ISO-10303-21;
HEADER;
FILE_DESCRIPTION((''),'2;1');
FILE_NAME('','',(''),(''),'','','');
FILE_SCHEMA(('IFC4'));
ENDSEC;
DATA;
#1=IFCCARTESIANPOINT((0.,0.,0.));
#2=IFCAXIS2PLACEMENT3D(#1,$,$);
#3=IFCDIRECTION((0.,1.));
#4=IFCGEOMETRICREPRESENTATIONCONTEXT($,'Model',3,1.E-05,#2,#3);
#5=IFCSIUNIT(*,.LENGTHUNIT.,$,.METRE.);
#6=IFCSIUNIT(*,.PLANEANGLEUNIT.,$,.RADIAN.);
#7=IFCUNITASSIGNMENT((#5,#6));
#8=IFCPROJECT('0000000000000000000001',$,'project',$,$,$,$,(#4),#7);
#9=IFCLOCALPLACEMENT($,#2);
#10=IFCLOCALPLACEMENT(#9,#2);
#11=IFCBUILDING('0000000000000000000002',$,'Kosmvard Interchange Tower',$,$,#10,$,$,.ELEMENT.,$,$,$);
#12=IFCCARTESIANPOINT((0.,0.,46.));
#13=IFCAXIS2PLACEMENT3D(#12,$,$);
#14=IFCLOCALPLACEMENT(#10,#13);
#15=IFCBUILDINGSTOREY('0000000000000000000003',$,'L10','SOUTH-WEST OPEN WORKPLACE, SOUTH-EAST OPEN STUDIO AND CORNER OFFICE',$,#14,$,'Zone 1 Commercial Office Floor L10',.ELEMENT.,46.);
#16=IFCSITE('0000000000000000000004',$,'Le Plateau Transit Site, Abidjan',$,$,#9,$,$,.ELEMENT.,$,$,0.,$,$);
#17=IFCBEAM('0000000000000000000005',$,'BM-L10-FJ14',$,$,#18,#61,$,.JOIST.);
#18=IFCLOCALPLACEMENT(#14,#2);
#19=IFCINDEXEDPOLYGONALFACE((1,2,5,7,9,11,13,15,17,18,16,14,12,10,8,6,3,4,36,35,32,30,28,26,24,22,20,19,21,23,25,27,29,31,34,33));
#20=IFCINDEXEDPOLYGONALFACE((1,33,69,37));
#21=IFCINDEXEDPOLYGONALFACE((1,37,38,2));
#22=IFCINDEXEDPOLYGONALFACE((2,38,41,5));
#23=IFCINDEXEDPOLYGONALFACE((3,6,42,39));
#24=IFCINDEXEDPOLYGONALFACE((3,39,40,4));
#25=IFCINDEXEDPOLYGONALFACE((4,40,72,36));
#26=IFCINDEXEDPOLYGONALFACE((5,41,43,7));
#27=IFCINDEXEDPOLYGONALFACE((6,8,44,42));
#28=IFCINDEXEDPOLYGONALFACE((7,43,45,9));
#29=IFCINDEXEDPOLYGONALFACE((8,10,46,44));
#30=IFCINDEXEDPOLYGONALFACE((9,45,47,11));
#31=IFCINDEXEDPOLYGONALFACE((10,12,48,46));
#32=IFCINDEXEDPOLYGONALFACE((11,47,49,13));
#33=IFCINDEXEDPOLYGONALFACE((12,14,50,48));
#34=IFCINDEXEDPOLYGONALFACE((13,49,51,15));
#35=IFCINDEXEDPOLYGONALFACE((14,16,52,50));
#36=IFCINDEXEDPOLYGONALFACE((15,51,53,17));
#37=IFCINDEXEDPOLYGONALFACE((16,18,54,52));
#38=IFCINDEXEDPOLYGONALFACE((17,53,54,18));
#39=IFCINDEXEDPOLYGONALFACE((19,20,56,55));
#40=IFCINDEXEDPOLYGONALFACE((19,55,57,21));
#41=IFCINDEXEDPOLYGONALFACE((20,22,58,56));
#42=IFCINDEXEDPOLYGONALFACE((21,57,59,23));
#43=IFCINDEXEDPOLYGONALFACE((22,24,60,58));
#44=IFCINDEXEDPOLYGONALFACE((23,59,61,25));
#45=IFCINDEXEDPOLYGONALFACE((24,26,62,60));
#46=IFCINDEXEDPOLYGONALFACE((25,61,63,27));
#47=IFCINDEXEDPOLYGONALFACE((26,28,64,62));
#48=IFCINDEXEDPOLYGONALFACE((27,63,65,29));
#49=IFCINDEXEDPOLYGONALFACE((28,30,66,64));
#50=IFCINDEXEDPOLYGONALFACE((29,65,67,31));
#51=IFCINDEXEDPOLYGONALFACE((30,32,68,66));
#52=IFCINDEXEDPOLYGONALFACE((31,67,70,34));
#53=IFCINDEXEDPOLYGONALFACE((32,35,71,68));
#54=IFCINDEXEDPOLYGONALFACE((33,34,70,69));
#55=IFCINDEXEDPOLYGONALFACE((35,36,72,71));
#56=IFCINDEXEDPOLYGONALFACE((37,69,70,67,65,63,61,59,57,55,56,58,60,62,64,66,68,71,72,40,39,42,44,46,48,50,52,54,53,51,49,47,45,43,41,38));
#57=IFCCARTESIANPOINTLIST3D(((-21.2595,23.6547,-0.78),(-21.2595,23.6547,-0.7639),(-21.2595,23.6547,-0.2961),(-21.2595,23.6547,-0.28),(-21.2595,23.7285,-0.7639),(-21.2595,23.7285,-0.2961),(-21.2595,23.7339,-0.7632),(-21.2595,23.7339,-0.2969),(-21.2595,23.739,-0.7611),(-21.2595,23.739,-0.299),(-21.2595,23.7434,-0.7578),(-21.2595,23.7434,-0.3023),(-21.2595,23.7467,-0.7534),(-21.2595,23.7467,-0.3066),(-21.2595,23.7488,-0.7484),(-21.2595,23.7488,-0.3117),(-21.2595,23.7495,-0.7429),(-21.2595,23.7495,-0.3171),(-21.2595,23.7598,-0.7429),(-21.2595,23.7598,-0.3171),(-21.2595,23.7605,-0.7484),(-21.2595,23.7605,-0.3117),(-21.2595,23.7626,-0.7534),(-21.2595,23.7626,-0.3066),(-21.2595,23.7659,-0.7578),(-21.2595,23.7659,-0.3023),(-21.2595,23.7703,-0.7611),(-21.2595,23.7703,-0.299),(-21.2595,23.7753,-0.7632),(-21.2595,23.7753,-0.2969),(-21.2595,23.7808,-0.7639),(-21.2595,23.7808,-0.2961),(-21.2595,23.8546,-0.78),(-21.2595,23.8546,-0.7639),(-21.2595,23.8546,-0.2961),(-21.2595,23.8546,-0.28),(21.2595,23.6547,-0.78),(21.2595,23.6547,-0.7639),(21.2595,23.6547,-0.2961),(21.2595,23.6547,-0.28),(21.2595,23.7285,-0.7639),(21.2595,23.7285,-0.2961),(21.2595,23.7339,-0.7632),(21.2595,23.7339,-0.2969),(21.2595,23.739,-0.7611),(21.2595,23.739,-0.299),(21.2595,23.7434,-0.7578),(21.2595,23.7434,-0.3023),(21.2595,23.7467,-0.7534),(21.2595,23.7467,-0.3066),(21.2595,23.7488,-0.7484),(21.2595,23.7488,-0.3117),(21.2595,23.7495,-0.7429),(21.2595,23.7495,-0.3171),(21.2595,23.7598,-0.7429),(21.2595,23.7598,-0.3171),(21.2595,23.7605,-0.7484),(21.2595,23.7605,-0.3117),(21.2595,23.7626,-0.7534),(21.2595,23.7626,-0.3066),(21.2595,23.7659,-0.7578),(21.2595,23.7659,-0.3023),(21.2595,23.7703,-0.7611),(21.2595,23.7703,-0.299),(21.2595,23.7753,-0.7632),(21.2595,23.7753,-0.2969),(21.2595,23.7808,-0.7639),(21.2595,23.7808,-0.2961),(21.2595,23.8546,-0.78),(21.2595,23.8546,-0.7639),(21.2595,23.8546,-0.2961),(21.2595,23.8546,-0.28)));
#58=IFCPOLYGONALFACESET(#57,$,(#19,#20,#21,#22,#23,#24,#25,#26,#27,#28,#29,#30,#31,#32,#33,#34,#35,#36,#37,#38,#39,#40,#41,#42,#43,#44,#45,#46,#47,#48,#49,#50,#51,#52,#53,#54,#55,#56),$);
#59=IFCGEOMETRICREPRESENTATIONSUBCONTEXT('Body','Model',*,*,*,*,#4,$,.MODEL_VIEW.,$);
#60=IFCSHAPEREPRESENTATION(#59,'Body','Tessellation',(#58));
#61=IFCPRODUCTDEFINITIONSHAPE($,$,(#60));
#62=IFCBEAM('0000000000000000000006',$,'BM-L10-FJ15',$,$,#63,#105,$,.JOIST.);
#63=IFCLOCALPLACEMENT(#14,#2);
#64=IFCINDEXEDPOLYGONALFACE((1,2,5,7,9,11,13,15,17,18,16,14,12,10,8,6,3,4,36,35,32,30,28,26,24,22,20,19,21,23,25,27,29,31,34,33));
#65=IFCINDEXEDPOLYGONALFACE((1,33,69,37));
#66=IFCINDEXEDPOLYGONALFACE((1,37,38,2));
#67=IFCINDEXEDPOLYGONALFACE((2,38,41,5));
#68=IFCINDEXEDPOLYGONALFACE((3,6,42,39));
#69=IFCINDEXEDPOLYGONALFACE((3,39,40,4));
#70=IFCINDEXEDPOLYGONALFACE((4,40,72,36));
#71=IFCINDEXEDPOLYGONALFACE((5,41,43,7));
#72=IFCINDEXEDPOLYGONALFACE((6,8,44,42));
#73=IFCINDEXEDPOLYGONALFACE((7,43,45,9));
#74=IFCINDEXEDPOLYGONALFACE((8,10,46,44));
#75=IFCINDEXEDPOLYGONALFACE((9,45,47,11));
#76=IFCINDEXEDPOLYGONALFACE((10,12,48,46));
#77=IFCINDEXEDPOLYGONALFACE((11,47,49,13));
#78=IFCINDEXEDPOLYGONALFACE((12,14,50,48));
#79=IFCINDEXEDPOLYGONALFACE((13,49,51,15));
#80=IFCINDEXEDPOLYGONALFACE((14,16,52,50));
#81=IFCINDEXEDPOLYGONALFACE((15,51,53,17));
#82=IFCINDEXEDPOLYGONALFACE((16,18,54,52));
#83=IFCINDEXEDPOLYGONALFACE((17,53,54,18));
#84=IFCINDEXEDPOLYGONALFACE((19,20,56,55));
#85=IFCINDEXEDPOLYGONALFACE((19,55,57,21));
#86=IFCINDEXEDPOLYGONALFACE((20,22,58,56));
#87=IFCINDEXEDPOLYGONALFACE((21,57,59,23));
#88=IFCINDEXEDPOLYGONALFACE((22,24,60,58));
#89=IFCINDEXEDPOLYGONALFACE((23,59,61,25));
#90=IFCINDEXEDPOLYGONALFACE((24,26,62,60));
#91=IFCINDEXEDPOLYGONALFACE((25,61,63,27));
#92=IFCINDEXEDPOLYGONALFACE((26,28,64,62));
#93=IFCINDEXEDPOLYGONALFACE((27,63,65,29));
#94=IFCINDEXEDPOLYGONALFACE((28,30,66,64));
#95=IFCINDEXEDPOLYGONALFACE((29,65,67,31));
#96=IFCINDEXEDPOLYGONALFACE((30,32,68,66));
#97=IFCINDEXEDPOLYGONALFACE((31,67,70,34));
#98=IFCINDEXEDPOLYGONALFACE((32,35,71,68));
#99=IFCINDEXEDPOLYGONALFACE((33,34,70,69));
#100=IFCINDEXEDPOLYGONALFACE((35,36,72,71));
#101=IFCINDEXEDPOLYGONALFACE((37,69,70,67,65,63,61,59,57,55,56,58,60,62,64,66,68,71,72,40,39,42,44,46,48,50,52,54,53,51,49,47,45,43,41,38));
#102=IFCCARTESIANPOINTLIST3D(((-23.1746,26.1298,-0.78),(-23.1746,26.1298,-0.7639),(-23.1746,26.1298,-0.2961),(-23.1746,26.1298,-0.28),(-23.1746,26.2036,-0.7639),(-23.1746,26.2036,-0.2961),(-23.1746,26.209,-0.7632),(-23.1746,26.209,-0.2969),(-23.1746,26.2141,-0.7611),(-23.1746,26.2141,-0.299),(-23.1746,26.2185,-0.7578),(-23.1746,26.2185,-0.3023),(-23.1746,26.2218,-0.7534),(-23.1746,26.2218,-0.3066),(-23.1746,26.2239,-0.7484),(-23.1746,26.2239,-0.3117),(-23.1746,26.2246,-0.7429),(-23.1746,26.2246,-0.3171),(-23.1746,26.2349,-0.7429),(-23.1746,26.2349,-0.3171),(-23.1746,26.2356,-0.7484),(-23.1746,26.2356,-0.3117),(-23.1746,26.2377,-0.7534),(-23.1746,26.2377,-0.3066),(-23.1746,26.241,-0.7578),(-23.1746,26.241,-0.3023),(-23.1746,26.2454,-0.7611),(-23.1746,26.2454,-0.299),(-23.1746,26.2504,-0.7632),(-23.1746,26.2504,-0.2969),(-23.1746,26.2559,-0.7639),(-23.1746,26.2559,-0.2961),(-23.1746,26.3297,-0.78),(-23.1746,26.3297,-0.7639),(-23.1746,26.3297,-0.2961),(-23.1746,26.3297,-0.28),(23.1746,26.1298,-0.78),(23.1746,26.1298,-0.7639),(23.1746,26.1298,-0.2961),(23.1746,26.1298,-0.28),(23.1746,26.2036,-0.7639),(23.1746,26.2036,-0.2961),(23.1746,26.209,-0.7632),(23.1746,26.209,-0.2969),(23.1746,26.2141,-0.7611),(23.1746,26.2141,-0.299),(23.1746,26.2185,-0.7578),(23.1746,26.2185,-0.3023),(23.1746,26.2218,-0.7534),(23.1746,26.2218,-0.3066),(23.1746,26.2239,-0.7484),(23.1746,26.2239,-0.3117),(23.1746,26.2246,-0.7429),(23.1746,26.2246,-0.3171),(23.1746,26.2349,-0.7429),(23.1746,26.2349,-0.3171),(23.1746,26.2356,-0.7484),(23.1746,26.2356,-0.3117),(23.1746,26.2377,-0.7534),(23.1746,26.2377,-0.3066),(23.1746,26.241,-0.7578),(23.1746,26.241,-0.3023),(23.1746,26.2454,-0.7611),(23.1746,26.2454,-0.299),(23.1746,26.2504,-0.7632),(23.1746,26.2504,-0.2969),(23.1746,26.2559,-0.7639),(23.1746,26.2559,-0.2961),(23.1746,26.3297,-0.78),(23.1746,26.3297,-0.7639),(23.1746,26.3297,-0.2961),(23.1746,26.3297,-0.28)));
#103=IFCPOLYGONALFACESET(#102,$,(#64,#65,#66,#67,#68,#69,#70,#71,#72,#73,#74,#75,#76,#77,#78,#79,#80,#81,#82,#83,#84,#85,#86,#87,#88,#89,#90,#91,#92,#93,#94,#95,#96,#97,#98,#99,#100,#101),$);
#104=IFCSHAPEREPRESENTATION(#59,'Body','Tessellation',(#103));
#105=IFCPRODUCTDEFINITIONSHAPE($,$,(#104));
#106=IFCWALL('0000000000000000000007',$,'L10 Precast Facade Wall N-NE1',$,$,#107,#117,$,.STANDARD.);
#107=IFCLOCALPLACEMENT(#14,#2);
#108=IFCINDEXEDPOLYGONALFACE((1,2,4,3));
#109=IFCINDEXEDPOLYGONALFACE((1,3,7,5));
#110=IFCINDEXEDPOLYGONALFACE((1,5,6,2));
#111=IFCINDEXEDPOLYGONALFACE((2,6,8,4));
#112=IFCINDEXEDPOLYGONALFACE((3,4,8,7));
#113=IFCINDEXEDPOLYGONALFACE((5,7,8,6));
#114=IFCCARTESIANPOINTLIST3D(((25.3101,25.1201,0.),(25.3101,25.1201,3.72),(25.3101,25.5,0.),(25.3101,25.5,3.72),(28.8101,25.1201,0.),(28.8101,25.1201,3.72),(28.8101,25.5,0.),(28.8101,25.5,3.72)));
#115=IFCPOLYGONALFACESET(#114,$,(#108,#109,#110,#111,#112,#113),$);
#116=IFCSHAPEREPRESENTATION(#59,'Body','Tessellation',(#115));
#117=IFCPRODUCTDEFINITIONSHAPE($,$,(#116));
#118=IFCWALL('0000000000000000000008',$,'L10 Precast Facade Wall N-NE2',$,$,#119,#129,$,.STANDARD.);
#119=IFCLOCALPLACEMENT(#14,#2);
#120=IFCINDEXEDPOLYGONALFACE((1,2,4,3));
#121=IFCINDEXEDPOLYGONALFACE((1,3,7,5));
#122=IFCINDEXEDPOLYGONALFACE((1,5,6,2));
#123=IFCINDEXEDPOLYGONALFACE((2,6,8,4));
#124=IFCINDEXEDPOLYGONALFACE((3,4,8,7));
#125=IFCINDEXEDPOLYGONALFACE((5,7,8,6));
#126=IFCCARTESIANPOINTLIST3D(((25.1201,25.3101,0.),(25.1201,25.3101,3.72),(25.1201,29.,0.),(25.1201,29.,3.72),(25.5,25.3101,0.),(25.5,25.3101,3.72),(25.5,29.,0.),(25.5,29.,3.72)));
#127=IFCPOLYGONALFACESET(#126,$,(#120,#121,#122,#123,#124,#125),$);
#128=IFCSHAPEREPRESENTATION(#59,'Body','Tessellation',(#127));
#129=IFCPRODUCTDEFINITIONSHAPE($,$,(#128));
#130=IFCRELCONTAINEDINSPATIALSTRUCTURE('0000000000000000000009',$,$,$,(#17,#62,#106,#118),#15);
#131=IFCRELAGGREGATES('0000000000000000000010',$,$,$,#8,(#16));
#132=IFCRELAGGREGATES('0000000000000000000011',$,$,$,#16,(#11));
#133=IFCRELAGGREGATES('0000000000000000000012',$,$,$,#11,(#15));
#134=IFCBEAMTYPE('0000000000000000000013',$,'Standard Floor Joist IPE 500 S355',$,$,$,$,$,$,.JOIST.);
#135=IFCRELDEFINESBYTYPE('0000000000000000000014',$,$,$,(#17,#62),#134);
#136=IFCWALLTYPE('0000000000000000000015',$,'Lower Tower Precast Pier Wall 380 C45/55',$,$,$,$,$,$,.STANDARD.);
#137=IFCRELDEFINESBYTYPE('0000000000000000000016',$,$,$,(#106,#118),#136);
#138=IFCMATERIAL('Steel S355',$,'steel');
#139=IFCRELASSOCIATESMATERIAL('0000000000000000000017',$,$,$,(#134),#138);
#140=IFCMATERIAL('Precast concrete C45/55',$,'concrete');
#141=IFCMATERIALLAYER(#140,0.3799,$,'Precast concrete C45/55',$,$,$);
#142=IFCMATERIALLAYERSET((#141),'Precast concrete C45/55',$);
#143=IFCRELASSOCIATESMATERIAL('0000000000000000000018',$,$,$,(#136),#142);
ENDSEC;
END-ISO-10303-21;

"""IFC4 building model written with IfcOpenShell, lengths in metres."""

from ifc_helpers import new_model, si_unit, direction, frame, frame_2d, origin, origin_2d, place, context, subcontext, project, spatial, rectangle, i_section, extrude, source, transform, mapped, material, layer, layer_set, material_profile, profile_set, type_object, element, save


model = new_model("IFC4")

# Units and contexts
model_context = context("Model", 3, precision=1e-05, world=origin(), true_north=direction((0.0, 1.0)))
body_context = subcontext(model_context, "Body", "Model", "MODEL_VIEW")
ifc_project = project(units=[si_unit("LENGTHUNIT", "METRE"), si_unit("PLANEANGLEUNIT", "RADIAN")], contexts=[model_context])

# Site, building, storey
site_placement = place(None, origin())
site = spatial("IfcSite", under=ifc_project, at=site_placement, Name="Le Plateau Transit Site, Abidjan", CompositionType="ELEMENT", RefElevation=0.0)
building_placement = place(site_placement, origin())
building = spatial("IfcBuilding", under=site, at=building_placement, Name="Kosmvard Interchange Tower", CompositionType="ELEMENT")
storey_placement = place(building_placement, frame((0.0, 0.0, 46.0)))
storey = spatial("IfcBuildingStorey", under=building, at=storey_placement, Name="L10", Description="SOUTH-WEST OPEN WORKPLACE, SOUTH-EAST OPEN STUDIO AND CORNER OFFICE", LongName="Zone 1 Commercial Office Floor L10", CompositionType="ELEMENT", Elevation=46.0)

# Beams
ifc_material_1 = material(Name="Steel S355", Category="steel")
ifc_material_2 = material(Name="Precast concrete C45/55", Category="concrete")
ifc_material_profile_1 = material_profile(ifc_material_1, i_section(OverallWidth=0.2, OverallDepth=0.5, WebThickness=0.0103, FlangeThickness=0.0161, FilletRadius=0.021, at=origin_2d()), Name="IPE 500")
ifc_profile_set_1 = profile_set([ifc_material_profile_1], Name="Steel S355")
beam_type_1 = type_object("IfcBeamType", Name="Standard Floor Joist IPE 500 S355", PredefinedType="JOIST", material=ifc_profile_set_1)
shared_shape_1 = source(origin(), body_context, "Body", "SweptSolid", [
    extrude(i_section(OverallWidth=0.2, OverallDepth=0.5, WebThickness=0.0103, FlangeThickness=0.0161, FilletRadius=0.021, at=origin_2d()), origin(), (0.0, 0.0, 1.0), 42.519),
])
beam_1_placement = place(storey_placement, frame((21.2595, 23.7546, -0.53), z_axis=(-1.0, 0.0, 0.0), x_axis=(0.0, -1.0, 0.0)))
element("IfcBeam", 1, at=beam_1_placement, inside=storey, type_object=beam_type_1, Name="BM-L10-FJ14", PredefinedType="JOIST", context=body_context, shape_type="MappedRepresentation", body=[
    mapped(shared_shape_1, transform((0.0, 0.0, 0.0), scale=1.0)),
])
shared_shape_2 = source(origin(), body_context, "Body", "SweptSolid", [
    extrude(i_section(OverallWidth=0.2, OverallDepth=0.5, WebThickness=0.0103, FlangeThickness=0.0161, FilletRadius=0.021, at=origin_2d()), origin(), (0.0, 0.0, 1.0), 46.3491),
])
beam_2_placement = place(storey_placement, frame((23.1746, 26.2297, -0.53), z_axis=(-1.0, 0.0, 0.0), x_axis=(0.0, -1.0, 0.0)))
element("IfcBeam", 2, at=beam_2_placement, inside=storey, type_object=beam_type_1, Name="BM-L10-FJ15", PredefinedType="JOIST", context=body_context, shape_type="MappedRepresentation", body=[
    mapped(shared_shape_2, transform((0.0, 0.0, 0.0), scale=1.0)),
])

# Walls
ifc_layer_1 = layer(ifc_material_2, 0.3799, Name="Precast concrete C45/55")
ifc_layer_set_1 = layer_set([ifc_layer_1], Name="Precast concrete C45/55")
wall_type = type_object("IfcWallType", Name="Lower Tower Precast Pier Wall 380 C45/55", PredefinedType="STANDARD", material=ifc_layer_set_1)
wall_1_placement = place(storey_placement, frame((28.8101, 25.3101, 0.0), z_axis=(0.0, 0.0, 1.0), x_axis=(-1.0, 0.0, 0.0)))
element("IfcWall", 3, at=wall_1_placement, inside=storey, type_object=wall_type, Name="L10 Precast Facade Wall N-NE1", PredefinedType="STANDARD", context=body_context, shape_type="SweptSolid", body=[
    extrude(rectangle(XDim=3.5, YDim=0.3799, at=frame_2d((1.75, 0.0))), origin(), (0.0, 0.0, 1.0), 3.72),
])
wall_2_placement = place(storey_placement, frame((25.3101, 25.3101, 0.0), z_axis=(0.0, 0.0, 1.0), x_axis=(0.0, 1.0, 0.0)))
element("IfcWall", 4, at=wall_2_placement, inside=storey, type_object=wall_type, Name="L10 Precast Facade Wall N-NE2", PredefinedType="STANDARD", context=body_context, shape_type="SweptSolid", body=[
    extrude(rectangle(XDim=3.6899, YDim=0.3799, at=frame_2d((1.845, 0.0))), origin(), (0.0, 0.0, 1.0), 3.72),
])

save(model, "model.ifc")
